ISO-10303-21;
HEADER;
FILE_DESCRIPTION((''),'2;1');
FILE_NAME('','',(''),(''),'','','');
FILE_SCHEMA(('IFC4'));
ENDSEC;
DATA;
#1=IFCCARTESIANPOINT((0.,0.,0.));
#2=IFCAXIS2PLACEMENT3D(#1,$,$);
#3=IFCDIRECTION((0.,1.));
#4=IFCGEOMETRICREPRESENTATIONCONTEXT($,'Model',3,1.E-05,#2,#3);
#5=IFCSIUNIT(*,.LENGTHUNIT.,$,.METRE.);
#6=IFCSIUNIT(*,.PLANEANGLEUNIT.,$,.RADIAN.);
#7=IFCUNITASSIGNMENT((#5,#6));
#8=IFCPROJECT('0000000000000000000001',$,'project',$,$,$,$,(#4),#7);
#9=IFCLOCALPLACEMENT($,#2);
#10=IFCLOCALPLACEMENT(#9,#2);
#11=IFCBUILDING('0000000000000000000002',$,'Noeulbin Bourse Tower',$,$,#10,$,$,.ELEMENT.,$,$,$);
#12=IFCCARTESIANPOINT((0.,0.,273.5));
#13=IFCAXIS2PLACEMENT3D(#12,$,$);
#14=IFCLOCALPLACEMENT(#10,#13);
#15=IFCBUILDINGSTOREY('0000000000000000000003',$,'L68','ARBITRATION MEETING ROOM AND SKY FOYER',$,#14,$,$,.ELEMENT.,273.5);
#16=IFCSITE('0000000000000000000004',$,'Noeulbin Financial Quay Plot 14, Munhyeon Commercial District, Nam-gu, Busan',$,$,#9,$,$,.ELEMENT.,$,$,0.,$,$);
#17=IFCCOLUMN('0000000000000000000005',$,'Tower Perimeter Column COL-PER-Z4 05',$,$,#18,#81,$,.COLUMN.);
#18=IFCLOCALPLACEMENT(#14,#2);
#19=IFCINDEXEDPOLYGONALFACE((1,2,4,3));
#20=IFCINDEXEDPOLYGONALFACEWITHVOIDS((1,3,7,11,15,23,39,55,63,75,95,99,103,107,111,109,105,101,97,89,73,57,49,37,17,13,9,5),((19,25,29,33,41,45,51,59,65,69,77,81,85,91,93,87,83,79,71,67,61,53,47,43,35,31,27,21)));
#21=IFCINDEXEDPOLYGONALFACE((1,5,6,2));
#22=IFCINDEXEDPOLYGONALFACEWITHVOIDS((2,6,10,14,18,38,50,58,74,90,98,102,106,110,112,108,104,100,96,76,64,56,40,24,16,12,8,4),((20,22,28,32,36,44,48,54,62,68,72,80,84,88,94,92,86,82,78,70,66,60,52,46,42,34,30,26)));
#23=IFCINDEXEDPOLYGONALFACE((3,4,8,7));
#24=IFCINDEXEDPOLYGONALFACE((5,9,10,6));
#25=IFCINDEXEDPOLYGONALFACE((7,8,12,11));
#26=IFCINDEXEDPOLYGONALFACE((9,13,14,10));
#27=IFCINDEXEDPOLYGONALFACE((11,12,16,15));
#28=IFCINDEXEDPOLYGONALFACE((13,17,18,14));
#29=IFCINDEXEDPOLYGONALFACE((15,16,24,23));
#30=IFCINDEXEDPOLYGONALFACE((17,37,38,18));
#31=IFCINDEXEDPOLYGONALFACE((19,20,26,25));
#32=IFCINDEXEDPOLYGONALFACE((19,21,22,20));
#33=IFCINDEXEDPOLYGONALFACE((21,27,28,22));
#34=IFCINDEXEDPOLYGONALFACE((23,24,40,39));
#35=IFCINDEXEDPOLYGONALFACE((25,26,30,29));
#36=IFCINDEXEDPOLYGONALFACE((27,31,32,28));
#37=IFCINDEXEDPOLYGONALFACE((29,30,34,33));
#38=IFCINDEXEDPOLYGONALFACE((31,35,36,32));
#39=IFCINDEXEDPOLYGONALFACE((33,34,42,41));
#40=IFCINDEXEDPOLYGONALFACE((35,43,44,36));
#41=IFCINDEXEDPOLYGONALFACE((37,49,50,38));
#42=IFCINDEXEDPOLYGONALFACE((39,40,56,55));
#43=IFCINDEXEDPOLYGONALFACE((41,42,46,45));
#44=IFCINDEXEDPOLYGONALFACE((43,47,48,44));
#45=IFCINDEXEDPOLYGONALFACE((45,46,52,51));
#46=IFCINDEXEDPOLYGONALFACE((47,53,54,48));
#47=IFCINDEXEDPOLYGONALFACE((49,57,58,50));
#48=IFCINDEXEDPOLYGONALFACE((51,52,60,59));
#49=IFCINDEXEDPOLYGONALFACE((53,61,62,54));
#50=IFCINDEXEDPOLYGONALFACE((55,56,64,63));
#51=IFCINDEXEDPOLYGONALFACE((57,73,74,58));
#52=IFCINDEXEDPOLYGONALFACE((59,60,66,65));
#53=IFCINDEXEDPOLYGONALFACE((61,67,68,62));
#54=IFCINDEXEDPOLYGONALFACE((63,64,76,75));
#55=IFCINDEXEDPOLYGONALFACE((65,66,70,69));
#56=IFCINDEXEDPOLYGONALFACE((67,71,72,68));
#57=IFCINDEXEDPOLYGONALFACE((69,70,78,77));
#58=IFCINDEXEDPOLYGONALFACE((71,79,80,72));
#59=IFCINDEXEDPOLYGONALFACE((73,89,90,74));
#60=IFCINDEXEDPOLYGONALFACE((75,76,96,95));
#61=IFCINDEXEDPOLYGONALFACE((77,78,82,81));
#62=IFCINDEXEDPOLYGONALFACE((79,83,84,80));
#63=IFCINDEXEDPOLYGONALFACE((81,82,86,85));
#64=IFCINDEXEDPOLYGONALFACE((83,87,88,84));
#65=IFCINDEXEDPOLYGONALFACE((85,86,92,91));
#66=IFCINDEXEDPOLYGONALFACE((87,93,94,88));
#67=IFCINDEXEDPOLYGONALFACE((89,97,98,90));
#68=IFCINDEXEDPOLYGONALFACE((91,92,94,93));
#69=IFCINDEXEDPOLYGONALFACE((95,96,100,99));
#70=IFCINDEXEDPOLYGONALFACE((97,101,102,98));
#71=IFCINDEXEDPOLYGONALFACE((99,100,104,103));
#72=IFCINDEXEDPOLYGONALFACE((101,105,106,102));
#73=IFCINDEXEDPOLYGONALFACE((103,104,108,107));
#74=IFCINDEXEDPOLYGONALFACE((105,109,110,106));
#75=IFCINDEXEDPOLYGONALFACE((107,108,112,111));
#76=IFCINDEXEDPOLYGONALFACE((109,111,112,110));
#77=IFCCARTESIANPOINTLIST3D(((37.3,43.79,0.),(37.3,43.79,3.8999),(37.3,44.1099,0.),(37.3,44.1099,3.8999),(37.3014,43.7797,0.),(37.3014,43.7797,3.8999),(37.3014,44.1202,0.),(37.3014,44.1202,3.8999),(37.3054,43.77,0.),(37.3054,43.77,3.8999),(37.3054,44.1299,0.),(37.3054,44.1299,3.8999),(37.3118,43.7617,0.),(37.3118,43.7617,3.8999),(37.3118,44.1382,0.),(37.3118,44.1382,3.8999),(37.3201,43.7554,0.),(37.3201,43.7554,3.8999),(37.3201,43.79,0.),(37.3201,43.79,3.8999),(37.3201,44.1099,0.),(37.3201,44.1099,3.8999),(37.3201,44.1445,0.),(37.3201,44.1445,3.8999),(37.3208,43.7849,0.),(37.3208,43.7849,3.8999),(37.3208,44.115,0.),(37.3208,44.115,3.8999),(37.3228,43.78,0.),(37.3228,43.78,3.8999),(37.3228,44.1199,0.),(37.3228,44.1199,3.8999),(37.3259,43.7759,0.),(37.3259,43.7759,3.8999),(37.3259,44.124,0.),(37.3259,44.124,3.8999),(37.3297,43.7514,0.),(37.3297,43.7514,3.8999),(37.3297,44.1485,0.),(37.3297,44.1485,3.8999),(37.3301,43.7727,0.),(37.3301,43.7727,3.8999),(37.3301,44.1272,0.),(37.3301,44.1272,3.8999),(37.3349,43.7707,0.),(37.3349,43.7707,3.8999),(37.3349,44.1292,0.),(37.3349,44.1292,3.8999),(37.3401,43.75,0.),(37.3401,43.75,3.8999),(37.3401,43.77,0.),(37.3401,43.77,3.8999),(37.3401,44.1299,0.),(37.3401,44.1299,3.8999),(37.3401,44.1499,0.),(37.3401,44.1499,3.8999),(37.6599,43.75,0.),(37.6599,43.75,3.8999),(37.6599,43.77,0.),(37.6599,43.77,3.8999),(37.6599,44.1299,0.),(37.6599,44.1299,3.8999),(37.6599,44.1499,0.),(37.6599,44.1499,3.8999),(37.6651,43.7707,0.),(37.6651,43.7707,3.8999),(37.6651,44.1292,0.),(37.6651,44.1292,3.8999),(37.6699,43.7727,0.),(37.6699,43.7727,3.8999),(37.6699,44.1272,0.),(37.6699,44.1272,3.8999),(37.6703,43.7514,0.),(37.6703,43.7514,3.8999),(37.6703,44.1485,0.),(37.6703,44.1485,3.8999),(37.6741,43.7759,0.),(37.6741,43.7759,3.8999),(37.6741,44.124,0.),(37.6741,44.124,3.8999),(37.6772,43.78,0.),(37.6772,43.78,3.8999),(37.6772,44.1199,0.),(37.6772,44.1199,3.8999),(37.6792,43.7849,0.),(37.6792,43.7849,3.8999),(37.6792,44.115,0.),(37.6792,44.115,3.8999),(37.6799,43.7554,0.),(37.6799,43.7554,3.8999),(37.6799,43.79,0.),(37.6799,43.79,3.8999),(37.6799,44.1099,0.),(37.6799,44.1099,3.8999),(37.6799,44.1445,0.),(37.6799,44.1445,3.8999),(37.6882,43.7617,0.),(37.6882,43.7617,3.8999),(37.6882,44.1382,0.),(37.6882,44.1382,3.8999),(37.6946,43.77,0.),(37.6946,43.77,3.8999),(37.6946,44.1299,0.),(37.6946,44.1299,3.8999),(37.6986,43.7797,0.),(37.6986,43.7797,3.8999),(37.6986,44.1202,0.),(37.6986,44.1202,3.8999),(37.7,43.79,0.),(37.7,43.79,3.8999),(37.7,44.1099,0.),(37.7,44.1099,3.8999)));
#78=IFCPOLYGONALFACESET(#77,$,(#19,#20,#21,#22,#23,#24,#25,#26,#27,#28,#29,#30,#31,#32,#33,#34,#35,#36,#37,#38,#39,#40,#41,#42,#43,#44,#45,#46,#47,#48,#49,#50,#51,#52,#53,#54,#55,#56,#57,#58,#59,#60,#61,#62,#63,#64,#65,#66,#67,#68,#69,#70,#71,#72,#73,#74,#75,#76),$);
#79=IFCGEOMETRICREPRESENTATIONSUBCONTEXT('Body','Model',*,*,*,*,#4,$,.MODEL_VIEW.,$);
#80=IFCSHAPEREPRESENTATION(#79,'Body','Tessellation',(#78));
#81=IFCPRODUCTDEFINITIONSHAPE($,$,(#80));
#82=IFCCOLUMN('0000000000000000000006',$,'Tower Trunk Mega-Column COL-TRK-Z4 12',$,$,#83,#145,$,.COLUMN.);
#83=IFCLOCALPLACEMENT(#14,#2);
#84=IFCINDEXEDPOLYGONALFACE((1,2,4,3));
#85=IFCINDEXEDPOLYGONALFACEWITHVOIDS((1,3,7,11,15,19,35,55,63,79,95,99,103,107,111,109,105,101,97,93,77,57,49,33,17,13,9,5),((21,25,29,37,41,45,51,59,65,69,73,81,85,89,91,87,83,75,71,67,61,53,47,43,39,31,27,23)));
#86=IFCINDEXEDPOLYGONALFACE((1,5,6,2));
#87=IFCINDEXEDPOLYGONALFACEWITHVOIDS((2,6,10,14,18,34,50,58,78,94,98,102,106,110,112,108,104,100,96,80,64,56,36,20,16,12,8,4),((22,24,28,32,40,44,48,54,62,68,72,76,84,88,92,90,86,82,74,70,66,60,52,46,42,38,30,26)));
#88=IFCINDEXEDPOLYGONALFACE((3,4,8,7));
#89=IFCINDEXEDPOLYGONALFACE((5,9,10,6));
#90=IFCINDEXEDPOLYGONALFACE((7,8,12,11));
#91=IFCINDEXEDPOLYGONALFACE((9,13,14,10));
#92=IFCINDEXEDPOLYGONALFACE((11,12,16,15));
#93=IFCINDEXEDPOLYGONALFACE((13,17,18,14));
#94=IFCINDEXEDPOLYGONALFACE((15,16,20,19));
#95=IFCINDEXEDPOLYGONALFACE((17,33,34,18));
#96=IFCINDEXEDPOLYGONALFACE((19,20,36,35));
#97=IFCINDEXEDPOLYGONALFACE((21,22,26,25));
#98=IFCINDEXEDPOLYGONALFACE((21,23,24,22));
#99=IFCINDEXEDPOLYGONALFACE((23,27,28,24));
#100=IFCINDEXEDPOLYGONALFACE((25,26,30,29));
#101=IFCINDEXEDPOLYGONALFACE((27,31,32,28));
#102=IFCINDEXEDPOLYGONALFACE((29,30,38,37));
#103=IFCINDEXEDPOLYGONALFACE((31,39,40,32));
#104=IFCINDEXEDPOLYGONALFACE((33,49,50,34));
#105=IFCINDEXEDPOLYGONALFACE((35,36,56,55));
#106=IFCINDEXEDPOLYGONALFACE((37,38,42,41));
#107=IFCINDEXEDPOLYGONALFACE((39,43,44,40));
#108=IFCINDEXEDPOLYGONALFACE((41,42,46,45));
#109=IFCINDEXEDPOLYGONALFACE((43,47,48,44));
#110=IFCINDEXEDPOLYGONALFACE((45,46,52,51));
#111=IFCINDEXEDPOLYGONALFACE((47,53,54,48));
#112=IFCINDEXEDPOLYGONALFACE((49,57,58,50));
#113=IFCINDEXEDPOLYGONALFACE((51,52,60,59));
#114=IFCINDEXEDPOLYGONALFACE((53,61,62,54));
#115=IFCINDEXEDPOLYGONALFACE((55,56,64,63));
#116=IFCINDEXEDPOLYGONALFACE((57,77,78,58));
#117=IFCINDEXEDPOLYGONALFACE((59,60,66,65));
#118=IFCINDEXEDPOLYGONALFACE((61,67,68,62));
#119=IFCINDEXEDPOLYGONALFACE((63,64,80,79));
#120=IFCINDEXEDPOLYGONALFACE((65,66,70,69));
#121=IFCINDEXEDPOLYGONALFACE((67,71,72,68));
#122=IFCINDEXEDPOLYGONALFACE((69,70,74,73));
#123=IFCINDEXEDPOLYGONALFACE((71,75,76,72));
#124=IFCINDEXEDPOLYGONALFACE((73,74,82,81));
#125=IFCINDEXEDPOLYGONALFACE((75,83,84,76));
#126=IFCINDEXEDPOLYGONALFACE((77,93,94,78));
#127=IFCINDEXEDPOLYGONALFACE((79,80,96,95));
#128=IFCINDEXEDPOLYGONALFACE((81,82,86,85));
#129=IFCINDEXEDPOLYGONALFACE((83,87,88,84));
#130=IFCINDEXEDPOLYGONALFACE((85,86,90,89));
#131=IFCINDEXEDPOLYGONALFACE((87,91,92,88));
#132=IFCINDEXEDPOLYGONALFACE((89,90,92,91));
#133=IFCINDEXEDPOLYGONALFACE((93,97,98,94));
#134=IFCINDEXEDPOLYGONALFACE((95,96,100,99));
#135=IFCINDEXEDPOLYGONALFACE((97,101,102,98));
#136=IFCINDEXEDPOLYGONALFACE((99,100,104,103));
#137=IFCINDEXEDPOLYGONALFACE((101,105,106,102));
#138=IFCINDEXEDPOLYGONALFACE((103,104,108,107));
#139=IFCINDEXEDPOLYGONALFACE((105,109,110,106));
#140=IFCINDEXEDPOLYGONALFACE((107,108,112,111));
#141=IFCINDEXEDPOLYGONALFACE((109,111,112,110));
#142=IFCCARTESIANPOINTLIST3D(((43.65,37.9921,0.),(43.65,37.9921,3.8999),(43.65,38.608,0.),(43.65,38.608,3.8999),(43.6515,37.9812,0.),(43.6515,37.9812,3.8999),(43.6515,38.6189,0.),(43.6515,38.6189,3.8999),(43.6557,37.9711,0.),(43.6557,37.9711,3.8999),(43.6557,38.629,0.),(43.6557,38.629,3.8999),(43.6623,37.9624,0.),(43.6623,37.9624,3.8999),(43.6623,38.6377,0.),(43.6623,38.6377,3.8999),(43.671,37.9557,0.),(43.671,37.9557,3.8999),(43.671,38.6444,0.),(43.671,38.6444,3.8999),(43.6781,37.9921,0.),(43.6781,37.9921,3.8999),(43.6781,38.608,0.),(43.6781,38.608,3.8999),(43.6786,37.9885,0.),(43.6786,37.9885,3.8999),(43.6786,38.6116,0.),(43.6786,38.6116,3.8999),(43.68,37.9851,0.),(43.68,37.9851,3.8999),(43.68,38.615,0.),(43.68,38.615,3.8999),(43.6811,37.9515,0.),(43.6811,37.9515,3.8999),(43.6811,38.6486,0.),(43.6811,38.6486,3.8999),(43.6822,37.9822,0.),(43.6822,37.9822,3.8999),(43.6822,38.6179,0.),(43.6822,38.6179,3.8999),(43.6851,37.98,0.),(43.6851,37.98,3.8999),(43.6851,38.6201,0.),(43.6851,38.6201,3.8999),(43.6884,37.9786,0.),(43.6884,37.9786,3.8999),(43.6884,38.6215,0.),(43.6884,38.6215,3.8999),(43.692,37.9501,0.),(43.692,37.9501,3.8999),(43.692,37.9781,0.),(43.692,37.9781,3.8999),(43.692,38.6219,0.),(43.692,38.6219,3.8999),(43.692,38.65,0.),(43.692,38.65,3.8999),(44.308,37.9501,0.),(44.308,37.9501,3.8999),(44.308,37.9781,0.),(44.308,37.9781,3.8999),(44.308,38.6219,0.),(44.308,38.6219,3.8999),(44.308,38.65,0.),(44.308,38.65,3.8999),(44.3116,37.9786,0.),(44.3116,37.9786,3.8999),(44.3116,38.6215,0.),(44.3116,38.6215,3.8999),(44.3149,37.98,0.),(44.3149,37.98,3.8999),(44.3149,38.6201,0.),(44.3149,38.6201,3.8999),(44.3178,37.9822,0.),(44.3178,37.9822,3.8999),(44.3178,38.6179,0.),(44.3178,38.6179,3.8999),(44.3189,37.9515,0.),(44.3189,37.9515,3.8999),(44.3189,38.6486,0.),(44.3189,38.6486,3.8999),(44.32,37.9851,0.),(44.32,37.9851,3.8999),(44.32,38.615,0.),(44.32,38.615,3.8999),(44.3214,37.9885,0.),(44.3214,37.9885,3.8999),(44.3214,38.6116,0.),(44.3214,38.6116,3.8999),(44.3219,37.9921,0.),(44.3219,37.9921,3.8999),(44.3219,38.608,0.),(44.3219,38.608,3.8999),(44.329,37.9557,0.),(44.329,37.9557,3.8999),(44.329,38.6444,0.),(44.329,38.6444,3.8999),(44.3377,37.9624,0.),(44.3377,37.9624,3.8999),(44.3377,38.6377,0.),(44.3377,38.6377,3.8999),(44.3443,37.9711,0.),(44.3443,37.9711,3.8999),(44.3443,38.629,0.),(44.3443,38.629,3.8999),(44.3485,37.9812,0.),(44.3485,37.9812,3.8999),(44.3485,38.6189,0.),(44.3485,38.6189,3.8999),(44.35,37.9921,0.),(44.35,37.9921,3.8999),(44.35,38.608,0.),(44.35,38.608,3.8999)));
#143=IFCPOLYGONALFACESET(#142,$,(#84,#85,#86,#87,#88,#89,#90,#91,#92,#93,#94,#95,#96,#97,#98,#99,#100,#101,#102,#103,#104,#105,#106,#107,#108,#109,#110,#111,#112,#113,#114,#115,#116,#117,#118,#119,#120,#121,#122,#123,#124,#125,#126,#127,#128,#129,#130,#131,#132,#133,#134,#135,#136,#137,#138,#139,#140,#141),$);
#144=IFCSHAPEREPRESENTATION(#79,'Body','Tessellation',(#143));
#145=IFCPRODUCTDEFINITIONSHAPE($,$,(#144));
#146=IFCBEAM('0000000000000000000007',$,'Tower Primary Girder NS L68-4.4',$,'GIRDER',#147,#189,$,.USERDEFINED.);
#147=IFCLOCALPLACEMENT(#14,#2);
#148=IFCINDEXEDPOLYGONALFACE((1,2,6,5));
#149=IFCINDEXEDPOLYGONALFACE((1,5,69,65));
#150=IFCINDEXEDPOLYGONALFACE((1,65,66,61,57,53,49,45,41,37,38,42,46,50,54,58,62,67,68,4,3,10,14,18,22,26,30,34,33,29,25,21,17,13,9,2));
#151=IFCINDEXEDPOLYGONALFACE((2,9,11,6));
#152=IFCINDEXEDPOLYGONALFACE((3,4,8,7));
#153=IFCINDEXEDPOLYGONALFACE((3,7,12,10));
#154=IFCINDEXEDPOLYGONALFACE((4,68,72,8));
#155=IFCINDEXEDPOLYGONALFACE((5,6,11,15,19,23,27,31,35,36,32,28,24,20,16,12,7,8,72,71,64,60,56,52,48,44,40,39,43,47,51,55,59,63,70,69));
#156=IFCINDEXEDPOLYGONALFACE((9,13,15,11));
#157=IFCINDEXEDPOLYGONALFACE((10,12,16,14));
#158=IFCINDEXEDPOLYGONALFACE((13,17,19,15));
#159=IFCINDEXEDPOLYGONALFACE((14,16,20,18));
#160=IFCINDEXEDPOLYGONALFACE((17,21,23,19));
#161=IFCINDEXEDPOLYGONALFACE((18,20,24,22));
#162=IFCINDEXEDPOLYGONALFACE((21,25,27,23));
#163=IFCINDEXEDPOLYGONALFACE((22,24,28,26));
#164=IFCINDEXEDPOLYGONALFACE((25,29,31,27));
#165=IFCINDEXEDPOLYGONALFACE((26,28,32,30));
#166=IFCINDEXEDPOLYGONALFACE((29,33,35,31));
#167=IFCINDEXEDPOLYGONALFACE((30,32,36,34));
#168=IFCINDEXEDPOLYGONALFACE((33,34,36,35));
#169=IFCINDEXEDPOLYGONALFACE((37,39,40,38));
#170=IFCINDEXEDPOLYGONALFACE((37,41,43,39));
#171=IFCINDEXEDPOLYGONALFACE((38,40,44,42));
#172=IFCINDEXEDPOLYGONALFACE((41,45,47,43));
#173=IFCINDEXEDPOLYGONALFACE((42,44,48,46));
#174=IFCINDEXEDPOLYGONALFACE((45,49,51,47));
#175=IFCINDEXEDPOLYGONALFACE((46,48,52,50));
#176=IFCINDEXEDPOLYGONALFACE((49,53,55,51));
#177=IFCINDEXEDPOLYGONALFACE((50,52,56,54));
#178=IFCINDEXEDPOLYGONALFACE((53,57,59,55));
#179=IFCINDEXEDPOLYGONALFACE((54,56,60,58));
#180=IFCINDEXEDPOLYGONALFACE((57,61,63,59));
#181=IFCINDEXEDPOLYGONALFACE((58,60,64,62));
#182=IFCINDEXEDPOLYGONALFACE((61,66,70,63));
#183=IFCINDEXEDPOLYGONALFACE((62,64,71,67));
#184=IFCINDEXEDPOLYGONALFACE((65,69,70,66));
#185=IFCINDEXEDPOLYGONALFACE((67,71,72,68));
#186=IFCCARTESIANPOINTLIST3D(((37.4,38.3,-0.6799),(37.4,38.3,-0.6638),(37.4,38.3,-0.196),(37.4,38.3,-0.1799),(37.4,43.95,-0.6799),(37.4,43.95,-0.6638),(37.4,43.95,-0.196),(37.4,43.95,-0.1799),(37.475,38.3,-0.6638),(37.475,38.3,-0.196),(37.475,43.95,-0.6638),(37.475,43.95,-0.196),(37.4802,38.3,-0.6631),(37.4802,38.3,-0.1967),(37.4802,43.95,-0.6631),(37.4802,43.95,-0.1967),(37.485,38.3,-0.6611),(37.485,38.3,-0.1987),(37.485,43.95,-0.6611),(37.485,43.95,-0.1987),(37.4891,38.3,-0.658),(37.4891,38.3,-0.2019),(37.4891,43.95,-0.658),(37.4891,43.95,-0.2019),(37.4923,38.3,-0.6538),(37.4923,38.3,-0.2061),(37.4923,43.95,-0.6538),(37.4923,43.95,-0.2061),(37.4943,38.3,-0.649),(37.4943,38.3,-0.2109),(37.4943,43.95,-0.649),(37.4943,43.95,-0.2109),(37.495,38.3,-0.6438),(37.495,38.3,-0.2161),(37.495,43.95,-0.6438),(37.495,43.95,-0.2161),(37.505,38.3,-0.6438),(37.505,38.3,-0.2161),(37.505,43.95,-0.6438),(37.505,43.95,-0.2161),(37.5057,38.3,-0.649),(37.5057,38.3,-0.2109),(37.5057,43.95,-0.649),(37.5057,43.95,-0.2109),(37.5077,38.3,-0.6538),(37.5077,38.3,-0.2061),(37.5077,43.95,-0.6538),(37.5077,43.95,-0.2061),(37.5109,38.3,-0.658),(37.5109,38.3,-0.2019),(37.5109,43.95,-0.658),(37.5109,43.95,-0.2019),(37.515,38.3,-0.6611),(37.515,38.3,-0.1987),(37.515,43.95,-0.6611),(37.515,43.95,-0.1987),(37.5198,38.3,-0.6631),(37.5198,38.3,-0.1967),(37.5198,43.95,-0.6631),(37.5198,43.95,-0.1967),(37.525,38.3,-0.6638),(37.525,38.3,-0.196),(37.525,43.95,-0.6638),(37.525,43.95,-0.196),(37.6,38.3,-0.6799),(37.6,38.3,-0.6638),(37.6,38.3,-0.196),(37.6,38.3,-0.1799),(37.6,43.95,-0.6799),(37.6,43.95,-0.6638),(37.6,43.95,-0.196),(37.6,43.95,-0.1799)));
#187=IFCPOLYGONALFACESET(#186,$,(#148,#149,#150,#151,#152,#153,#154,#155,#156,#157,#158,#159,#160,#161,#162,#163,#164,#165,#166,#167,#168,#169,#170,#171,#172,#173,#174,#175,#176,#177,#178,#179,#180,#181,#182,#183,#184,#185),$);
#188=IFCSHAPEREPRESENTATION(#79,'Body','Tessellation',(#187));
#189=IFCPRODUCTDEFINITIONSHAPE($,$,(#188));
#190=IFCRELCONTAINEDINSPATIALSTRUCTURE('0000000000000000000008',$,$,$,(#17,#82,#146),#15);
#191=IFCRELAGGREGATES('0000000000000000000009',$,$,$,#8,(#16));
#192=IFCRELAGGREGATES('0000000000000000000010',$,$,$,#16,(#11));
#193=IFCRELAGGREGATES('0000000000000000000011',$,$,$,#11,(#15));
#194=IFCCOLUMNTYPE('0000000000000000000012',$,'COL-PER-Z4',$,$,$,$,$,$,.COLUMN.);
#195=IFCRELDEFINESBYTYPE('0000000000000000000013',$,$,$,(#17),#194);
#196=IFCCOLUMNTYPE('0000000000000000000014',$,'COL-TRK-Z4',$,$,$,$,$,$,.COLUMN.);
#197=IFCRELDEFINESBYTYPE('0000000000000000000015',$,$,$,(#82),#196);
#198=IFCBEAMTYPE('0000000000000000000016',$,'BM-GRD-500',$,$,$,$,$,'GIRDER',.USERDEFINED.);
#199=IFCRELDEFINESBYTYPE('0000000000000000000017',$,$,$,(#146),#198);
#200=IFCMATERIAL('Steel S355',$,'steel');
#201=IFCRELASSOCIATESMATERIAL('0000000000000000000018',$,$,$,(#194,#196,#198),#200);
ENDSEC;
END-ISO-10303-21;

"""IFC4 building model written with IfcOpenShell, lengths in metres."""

from ifc_helpers import new_model, si_unit, direction, frame, origin, origin_2d, place, context, subcontext, project, spatial, hollow_rectangle, i_section, extrude, material, material_profile, profile_set, type_object, element, save


model = new_model("IFC4")

# Units and contexts
model_context = context("Model", 3, precision=1e-05, world=origin(), true_north=direction((0.0, 1.0)))
body_context = subcontext(model_context, "Body", "Model", "MODEL_VIEW")
ifc_project = project(units=[si_unit("LENGTHUNIT", "METRE"), si_unit("PLANEANGLEUNIT", "RADIAN")], contexts=[model_context])

# Site, building, storey
site_placement = place(None, origin())
site = spatial("IfcSite", under=ifc_project, at=site_placement, Name="Noeulbin Financial Quay Plot 14, Munhyeon Commercial District, Nam-gu, Busan", CompositionType="ELEMENT", RefElevation=0.0)
building_placement = place(site_placement, origin())
building = spatial("IfcBuilding", under=site, at=building_placement, Name="Noeulbin Bourse Tower", CompositionType="ELEMENT")
storey_placement = place(building_placement, frame((0.0, 0.0, 273.5)))
storey = spatial("IfcBuildingStorey", under=building, at=storey_placement, Name="L68", Description="ARBITRATION MEETING ROOM AND SKY FOYER", CompositionType="ELEMENT", Elevation=273.5)

# Columns
ifc_material_1 = material(Name="Steel S355", Category="steel")
ifc_material_profile_1 = material_profile(ifc_material_1, hollow_rectangle(XDim=0.3999, YDim=0.3999, WallThickness=0.02, InnerFilletRadius=0.02, OuterFilletRadius=0.04, at=origin_2d()), Name="SHS-400x400x20", Category="LoadBearing")
ifc_profile_set_1 = profile_set([ifc_material_profile_1], Name="Steel S355")
column_type_1 = type_object("IfcColumnType", Name="COL-PER-Z4", PredefinedType="COLUMN", material=ifc_profile_set_1)
column_1_placement = place(storey_placement, frame((37.5, 43.95, 0.0), z_axis=(0.0, 0.0, 1.0), x_axis=(1.0, 0.0, 0.0)))
element("IfcColumn", 1, at=column_1_placement, inside=storey, type_object=column_type_1, Name="Tower Perimeter Column COL-PER-Z4 05", PredefinedType="COLUMN", context=body_context, shape_type="SweptSolid", body=[
    extrude(hollow_rectangle(XDim=0.3999, YDim=0.3999, WallThickness=0.02, InnerFilletRadius=0.02, OuterFilletRadius=0.04, at=origin_2d()), origin(), (0.0, 0.0, 1.0), 3.8999),
])
ifc_material_profile_2 = material_profile(ifc_material_1, hollow_rectangle(XDim=0.7, YDim=0.7, WallThickness=0.0281, InnerFilletRadius=0.0139, OuterFilletRadius=0.042, at=origin_2d()), Name="BOX-700x700x28", Category="LoadBearing")
ifc_profile_set_2 = profile_set([ifc_material_profile_2], Name="Steel S355")
column_type_2 = type_object("IfcColumnType", Name="COL-TRK-Z4", PredefinedType="COLUMN", material=ifc_profile_set_2)
column_2_placement = place(storey_placement, frame((44.0, 38.3, 0.0), z_axis=(0.0, 0.0, 1.0), x_axis=(1.0, 0.0, 0.0)))
element("IfcColumn", 2, at=column_2_placement, inside=storey, type_object=column_type_2, Name="Tower Trunk Mega-Column COL-TRK-Z4 12", PredefinedType="COLUMN", context=body_context, shape_type="SweptSolid", body=[
    extrude(hollow_rectangle(XDim=0.7, YDim=0.7, WallThickness=0.0281, InnerFilletRadius=0.0139, OuterFilletRadius=0.042, at=origin_2d()), origin(), (0.0, 0.0, 1.0), 3.8999),
])

# Beam
ifc_material_profile_3 = material_profile(ifc_material_1, i_section(OverallWidth=0.2, OverallDepth=0.5, WebThickness=0.01, FlangeThickness=0.0161, FilletRadius=0.02, at=origin_2d()), Name="H-500x200x10x16", Category="LoadBearing")
ifc_profile_set_3 = profile_set([ifc_material_profile_3], Name="Steel S355")
beam_type_1 = type_object("IfcBeamType", Name="BM-GRD-500", ElementType="GIRDER", PredefinedType="USERDEFINED", material=ifc_profile_set_3)
beam_1_placement = place(storey_placement, frame((37.5, 38.3, -0.4299), z_axis=(0.0, 1.0, 0.0), x_axis=(-1.0, 0.0, 0.0)))
element("IfcBeam", 3, at=beam_1_placement, inside=storey, type_object=beam_type_1, Name="Tower Primary Girder NS L68-4.4", ObjectType="GIRDER", PredefinedType="USERDEFINED", context=body_context, shape_type="SweptSolid", body=[
    extrude(i_section(OverallWidth=0.2, OverallDepth=0.5, WebThickness=0.01, FlangeThickness=0.0161, FilletRadius=0.02, at=origin_2d()), origin(), (0.0, 0.0, 1.0), 5.6499),
])

save(model, "model.ifc")
